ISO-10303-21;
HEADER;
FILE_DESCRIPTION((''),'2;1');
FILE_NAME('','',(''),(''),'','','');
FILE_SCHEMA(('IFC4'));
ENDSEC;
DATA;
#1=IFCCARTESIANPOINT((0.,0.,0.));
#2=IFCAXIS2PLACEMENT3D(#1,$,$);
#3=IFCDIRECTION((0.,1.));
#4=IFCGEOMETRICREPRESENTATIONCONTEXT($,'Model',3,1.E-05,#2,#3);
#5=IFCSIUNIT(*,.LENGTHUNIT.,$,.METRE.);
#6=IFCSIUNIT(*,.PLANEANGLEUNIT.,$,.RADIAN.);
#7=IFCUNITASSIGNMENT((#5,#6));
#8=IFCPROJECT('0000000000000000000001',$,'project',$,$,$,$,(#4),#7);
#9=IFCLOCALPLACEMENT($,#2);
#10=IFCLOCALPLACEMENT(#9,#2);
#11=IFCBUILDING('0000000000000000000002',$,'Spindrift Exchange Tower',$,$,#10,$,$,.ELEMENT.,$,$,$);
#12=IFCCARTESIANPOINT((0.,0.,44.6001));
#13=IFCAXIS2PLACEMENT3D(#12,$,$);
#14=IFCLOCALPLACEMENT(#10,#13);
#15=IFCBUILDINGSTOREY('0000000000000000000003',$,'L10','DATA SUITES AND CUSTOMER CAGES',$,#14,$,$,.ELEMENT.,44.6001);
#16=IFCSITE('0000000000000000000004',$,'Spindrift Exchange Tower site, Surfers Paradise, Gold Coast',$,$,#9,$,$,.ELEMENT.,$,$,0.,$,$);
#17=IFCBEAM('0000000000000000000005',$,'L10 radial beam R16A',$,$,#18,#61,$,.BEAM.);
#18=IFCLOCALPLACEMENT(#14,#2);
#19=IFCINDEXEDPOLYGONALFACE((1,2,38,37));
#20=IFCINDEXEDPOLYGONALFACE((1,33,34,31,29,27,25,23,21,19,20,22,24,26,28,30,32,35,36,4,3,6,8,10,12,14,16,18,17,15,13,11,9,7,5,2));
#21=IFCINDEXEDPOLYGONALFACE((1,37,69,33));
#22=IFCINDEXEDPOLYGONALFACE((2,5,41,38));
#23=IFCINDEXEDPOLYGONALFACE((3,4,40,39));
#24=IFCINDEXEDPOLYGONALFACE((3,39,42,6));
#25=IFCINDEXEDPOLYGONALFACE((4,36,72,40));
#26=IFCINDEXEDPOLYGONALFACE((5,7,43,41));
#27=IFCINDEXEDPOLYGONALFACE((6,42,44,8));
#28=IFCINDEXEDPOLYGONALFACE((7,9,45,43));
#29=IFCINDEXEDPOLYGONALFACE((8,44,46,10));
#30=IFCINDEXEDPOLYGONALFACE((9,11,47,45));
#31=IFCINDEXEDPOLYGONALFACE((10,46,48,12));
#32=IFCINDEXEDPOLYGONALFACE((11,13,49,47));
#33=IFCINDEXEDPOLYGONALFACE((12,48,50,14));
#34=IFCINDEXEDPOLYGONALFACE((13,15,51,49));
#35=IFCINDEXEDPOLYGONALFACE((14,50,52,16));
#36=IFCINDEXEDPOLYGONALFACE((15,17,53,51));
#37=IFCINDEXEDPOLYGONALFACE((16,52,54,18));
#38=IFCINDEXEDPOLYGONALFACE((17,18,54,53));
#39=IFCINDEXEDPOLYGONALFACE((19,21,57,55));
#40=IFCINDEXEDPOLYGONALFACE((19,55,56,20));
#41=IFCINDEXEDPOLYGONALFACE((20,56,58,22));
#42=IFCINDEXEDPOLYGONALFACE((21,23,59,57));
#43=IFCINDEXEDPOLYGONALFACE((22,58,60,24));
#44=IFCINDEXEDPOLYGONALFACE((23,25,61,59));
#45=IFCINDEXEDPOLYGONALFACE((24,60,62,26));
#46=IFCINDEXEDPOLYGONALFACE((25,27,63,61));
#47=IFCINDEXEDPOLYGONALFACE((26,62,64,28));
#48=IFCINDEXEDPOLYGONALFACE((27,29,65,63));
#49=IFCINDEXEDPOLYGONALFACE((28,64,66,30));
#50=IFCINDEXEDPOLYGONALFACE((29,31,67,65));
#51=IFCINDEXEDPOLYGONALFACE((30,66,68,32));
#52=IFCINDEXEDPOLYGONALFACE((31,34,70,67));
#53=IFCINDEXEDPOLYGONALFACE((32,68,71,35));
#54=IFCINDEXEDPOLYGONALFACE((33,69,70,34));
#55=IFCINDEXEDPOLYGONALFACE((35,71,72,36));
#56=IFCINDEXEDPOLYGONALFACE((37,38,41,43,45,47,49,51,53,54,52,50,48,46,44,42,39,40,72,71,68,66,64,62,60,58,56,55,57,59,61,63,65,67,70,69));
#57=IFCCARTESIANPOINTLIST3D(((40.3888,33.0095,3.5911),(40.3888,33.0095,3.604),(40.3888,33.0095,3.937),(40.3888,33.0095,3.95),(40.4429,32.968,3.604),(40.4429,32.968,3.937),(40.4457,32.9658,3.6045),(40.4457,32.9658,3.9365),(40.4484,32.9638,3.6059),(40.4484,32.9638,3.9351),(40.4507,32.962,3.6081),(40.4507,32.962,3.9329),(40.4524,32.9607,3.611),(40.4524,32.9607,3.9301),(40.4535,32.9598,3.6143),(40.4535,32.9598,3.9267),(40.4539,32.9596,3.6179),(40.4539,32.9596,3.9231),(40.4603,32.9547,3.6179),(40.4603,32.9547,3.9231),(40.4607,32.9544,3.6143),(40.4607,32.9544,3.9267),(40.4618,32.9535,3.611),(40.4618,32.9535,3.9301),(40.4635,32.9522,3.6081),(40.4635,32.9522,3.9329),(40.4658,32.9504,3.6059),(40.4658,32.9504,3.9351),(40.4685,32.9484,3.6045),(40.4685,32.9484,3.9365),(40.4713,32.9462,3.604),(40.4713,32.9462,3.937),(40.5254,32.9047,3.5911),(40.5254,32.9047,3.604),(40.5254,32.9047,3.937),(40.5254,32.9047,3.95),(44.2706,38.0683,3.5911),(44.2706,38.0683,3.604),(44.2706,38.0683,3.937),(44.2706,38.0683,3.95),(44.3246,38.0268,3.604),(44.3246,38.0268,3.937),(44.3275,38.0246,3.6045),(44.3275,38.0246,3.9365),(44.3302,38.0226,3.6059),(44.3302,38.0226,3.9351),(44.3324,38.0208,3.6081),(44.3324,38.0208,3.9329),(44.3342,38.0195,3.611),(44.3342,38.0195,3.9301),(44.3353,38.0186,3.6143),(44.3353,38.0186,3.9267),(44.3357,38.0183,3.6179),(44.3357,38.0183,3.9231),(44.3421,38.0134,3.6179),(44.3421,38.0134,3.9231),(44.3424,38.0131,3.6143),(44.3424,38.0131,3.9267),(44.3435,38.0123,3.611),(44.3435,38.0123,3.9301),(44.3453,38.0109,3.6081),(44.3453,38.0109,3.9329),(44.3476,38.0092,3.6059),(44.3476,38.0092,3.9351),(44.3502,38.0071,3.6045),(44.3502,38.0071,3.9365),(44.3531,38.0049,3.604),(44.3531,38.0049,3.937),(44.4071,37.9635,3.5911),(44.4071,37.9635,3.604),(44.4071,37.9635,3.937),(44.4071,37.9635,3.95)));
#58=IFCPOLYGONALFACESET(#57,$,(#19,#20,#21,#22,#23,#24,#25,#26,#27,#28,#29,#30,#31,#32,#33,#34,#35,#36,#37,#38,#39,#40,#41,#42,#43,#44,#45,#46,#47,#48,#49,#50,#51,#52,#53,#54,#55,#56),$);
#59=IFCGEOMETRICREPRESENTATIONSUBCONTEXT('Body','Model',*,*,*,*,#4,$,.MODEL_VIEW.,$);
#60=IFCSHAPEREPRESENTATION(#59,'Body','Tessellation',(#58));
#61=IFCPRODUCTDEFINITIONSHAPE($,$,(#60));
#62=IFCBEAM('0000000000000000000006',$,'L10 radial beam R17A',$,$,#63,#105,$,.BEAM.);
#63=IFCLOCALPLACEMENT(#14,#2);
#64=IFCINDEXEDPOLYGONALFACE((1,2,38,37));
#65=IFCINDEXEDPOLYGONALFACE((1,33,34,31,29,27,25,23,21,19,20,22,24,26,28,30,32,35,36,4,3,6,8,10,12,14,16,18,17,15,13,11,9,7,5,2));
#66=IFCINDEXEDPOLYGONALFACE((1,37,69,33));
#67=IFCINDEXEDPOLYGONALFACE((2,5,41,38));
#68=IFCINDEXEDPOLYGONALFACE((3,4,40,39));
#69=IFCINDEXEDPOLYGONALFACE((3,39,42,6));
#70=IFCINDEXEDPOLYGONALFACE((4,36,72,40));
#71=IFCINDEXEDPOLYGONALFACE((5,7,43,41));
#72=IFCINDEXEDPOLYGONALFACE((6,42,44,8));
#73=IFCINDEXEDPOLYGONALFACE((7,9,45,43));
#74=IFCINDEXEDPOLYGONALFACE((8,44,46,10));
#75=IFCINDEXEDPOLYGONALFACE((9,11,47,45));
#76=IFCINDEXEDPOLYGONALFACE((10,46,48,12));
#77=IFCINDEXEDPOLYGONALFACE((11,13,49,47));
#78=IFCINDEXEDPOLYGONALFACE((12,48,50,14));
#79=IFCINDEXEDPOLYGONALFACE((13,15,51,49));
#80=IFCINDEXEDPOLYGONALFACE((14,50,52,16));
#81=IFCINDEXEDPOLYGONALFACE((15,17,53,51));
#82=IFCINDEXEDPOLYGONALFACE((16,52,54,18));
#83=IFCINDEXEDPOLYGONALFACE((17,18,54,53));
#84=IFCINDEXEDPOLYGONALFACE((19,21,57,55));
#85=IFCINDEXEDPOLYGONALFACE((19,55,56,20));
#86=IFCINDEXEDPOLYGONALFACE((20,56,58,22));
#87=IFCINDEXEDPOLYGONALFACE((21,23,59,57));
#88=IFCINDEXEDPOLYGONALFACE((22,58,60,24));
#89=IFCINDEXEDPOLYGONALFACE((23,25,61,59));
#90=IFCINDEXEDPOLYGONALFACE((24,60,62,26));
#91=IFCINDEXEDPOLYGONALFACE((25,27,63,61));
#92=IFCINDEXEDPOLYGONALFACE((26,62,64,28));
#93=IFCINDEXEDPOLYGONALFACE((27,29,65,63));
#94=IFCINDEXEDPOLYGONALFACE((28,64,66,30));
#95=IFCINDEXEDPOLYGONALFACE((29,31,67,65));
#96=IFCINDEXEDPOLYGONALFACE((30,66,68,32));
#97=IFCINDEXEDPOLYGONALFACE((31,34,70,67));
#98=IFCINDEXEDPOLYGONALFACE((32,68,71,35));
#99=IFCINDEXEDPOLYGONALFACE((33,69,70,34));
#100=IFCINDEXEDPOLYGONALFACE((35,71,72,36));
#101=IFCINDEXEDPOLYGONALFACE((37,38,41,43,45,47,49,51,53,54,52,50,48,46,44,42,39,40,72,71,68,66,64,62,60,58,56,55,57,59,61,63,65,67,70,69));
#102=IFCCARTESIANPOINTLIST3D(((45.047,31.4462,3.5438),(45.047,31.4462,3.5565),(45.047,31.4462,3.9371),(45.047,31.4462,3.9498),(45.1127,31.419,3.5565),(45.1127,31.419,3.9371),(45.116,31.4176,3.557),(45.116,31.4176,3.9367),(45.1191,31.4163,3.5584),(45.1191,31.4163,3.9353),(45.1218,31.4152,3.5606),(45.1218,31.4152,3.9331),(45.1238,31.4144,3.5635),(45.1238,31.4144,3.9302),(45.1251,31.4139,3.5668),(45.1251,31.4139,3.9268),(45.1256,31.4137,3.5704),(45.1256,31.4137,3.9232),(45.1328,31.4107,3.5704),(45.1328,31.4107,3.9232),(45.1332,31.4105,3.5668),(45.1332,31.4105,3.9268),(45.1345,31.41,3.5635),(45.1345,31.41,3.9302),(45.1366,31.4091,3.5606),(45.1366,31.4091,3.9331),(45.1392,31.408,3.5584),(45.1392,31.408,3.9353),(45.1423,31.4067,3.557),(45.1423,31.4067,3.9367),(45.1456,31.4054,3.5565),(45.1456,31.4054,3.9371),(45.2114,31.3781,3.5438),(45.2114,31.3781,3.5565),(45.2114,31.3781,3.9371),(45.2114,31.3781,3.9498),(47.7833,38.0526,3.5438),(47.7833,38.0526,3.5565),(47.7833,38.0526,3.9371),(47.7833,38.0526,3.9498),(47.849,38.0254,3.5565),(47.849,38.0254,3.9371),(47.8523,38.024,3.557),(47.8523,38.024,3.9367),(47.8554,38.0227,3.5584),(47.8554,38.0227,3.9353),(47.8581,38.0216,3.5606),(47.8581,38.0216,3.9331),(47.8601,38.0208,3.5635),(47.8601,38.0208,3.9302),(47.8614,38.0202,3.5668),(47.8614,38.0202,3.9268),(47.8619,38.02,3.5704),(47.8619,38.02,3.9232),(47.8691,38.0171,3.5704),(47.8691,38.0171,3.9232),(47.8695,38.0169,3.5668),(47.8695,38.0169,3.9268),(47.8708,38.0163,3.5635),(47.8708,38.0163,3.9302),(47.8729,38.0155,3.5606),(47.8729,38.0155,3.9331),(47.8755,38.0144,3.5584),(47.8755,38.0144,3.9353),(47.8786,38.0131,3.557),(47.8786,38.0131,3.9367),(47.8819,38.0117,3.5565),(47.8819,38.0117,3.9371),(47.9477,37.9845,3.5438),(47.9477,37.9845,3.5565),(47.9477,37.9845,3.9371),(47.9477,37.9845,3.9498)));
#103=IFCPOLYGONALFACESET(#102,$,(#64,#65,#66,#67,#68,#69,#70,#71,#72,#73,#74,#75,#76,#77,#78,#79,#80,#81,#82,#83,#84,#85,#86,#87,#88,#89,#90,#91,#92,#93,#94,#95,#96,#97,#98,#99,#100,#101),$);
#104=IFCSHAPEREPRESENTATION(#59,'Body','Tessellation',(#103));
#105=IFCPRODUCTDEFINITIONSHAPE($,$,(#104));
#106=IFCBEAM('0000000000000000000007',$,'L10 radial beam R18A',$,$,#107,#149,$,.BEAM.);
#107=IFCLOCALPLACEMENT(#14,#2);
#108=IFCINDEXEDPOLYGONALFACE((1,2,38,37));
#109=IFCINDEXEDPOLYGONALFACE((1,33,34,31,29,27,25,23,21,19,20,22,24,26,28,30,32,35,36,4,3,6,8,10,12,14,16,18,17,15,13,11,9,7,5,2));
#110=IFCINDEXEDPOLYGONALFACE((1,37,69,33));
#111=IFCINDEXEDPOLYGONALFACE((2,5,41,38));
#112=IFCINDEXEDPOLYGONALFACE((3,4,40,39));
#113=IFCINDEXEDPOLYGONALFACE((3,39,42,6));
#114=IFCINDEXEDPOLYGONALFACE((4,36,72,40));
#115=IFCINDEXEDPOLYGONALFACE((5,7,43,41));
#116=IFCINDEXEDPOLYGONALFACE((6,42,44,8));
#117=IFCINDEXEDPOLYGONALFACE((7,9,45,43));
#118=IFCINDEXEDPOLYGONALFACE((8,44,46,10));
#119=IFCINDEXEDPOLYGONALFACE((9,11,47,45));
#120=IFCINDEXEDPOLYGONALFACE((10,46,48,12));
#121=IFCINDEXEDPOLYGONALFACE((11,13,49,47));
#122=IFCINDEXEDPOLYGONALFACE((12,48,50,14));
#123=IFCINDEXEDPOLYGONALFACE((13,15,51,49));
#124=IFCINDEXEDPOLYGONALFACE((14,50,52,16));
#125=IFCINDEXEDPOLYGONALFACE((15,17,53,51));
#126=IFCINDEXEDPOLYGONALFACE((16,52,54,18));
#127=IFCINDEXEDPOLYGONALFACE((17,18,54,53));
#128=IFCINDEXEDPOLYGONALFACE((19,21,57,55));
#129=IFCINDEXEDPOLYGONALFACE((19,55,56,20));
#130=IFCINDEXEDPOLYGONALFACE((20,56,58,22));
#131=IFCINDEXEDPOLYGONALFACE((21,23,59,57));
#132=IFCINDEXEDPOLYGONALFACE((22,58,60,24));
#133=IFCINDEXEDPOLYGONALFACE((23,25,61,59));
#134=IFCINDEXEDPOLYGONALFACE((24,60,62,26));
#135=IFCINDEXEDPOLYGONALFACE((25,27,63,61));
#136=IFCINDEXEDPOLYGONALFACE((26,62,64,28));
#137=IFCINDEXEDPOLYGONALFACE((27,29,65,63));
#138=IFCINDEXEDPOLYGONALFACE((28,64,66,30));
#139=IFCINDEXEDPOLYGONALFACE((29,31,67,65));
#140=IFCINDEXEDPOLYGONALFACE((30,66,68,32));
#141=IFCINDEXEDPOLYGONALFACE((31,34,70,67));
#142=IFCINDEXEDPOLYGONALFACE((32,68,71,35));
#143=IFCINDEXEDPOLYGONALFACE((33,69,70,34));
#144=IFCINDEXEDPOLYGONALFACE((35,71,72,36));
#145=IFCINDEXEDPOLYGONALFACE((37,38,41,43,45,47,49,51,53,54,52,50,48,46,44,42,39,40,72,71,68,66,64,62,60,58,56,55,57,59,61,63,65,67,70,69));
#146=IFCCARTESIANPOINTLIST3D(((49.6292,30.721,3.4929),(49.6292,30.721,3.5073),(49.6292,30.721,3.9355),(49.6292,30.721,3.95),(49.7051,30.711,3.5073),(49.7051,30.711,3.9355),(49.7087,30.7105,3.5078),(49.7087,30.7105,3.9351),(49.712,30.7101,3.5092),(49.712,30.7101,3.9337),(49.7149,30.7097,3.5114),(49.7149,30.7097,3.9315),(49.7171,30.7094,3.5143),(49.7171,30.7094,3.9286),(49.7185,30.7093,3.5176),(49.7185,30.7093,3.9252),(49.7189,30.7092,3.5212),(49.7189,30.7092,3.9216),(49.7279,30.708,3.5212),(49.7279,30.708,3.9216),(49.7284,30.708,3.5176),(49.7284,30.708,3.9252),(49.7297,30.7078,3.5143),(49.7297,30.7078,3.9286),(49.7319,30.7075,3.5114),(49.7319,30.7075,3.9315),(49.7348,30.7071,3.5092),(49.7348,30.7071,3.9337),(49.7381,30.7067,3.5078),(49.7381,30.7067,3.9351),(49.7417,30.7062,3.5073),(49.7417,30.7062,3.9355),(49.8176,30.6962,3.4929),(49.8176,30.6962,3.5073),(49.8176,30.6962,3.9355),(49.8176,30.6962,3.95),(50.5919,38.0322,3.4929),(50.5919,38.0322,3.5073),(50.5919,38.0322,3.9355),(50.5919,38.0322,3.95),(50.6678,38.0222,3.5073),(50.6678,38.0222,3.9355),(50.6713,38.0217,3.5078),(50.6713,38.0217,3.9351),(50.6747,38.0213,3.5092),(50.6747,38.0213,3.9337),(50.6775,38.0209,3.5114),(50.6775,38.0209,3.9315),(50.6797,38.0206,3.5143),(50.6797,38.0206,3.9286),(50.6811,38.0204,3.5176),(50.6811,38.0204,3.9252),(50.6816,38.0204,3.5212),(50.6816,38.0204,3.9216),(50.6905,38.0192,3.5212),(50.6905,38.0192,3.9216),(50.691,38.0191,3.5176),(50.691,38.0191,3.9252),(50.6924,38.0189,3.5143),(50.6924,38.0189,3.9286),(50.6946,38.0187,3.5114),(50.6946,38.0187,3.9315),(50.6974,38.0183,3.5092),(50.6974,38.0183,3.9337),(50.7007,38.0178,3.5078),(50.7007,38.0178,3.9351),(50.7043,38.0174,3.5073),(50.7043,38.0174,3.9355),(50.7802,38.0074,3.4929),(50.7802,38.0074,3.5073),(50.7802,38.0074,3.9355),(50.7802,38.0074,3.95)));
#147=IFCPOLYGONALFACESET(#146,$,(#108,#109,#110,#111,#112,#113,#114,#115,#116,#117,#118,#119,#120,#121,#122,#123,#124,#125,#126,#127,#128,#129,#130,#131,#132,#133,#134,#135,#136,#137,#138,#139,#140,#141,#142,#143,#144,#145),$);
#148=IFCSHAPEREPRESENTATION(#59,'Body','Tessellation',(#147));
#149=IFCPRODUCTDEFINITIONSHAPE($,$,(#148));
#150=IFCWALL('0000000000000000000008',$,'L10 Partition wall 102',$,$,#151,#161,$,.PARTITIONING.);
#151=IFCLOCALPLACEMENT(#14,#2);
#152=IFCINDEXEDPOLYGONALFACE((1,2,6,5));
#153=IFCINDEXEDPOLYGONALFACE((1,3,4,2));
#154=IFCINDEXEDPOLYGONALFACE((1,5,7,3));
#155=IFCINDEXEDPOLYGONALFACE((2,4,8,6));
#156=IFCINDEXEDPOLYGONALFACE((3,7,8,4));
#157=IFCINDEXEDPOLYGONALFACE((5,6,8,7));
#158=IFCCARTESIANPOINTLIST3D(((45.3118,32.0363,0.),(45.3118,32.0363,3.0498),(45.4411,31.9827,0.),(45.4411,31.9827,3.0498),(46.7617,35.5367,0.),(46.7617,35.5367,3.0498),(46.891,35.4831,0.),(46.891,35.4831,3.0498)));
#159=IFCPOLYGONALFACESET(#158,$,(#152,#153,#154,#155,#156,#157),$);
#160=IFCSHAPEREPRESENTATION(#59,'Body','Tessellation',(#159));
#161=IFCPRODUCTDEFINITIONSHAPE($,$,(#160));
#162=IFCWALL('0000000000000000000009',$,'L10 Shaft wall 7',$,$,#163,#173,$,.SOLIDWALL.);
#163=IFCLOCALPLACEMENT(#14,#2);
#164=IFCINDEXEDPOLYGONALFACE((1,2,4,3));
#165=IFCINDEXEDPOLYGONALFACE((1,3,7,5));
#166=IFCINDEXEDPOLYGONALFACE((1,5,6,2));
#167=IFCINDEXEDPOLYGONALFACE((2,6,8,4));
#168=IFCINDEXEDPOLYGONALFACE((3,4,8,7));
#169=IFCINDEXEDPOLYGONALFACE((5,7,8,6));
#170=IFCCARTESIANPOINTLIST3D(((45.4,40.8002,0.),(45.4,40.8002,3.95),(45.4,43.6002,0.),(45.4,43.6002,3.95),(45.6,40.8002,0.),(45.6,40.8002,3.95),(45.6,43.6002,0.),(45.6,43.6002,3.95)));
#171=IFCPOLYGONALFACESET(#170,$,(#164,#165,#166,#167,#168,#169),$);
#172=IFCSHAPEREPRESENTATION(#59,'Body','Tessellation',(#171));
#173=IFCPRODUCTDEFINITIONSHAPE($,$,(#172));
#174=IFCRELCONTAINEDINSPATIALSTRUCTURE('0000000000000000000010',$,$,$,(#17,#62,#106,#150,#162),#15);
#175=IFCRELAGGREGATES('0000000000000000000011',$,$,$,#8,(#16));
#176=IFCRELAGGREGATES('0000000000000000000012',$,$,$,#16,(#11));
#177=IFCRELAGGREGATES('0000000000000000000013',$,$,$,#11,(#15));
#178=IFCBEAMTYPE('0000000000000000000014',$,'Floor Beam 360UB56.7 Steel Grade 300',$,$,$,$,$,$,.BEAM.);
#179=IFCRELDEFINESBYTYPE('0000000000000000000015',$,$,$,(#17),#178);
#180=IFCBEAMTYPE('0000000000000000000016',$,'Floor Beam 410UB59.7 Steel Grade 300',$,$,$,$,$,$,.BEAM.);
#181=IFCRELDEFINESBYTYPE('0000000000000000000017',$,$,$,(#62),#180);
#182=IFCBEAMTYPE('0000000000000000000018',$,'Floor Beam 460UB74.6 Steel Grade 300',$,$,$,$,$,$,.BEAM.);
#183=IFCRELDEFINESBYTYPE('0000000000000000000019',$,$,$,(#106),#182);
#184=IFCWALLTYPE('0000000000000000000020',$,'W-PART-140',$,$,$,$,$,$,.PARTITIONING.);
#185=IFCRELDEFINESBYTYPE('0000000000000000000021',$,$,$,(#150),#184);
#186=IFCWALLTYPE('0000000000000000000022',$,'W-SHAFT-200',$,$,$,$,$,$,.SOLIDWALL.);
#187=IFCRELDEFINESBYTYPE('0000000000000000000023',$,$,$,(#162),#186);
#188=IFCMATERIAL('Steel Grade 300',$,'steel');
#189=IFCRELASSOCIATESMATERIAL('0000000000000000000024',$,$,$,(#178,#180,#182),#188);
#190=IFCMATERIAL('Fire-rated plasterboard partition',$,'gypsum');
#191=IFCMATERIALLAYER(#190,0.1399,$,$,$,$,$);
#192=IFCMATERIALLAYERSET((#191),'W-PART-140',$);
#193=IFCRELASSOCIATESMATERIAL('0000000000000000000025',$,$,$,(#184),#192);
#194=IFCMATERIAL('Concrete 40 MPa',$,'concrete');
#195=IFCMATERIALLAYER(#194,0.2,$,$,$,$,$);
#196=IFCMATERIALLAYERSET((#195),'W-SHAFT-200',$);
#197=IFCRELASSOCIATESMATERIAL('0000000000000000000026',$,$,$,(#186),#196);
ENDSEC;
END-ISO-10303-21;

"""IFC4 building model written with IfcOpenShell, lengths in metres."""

from ifc_helpers import new_model, si_unit, direction, frame, frame_2d, origin, origin_2d, place, context, subcontext, project, spatial, rectangle, i_section, extrude, source, transform, mapped, material, layer, layer_set, material_profile, profile_set, type_object, element, save


model = new_model("IFC4")

# Units and contexts
model_context = context("Model", 3, precision=1e-05, world=origin(), true_north=direction((0.0, 1.0)))
body_context = subcontext(model_context, "Body", "Model", "MODEL_VIEW")
ifc_project = project(units=[si_unit("LENGTHUNIT", "METRE"), si_unit("PLANEANGLEUNIT", "RADIAN")], contexts=[model_context])

# Site, building, storey
site_placement = place(None, origin())
site = spatial("IfcSite", under=ifc_project, at=site_placement, Name="Spindrift Exchange Tower site, Surfers Paradise, Gold Coast", CompositionType="ELEMENT", RefElevation=0.0)
building_placement = place(site_placement, origin())
building = spatial("IfcBuilding", under=site, at=building_placement, Name="Spindrift Exchange Tower", CompositionType="ELEMENT")
storey_placement = place(building_placement, frame((0.0, 0.0, 44.6001)))
storey = spatial("IfcBuildingStorey", under=building, at=storey_placement, Name="L10", Description="DATA SUITES AND CUSTOMER CAGES", CompositionType="ELEMENT", Elevation=44.6001)

# Beams
ifc_material_1 = material(Name="Steel Grade 300", Category="steel")
ifc_material_profile_1 = material_profile(ifc_material_1, i_section(OverallWidth=0.1721, OverallDepth=0.3589, WebThickness=0.0081, FlangeThickness=0.0129, FilletRadius=0.0139, at=origin_2d()), Name="360UB56.7")
ifc_profile_set_1 = profile_set([ifc_material_profile_1], Name="Steel Grade 300")
beam_type_1 = type_object("IfcBeamType", Name="Floor Beam 360UB56.7 Steel Grade 300", PredefinedType="BEAM", material=ifc_profile_set_1)
shared_shape_1 = source(origin(), body_context, "Body", "SweptSolid", [
    extrude(i_section(OverallWidth=0.1721, OverallDepth=0.3589, WebThickness=0.0081, FlangeThickness=0.0129, FilletRadius=0.0139, at=origin_2d()), origin(), (0.0, 0.0, 1.0), 6.3765),
])
beam_1_placement = place(storey_placement, frame((44.3389, 38.0159, 3.7705), z_axis=(-0.608767, -0.793349, 0.0), x_axis=(0.793349, -0.608767, 0.0)))
element("IfcBeam", 1, at=beam_1_placement, inside=storey, type_object=beam_type_1, Name="L10 radial beam R16A", PredefinedType="BEAM", context=body_context, shape_type="MappedRepresentation", body=[
    mapped(shared_shape_1, transform((0.0, 0.0, 0.0), scale=1.0)),
])
ifc_material_profile_2 = material_profile(ifc_material_1, i_section(OverallWidth=0.178, OverallDepth=0.406, WebThickness=0.0078, FlangeThickness=0.0127, FilletRadius=0.0139, at=origin_2d()), Name="410UB59.7")
ifc_profile_set_2 = profile_set([ifc_material_profile_2], Name="Steel Grade 300")
beam_type_2 = type_object("IfcBeamType", Name="Floor Beam 410UB59.7 Steel Grade 300", PredefinedType="BEAM", material=ifc_profile_set_2)
shared_shape_2 = source(origin(), body_context, "Body", "SweptSolid", [
    extrude(i_section(OverallWidth=0.178, OverallDepth=0.406, WebThickness=0.0078, FlangeThickness=0.0127, FilletRadius=0.0139, at=origin_2d()), origin(), (0.0, 0.0, 1.0), 7.1506),
])
beam_2_placement = place(storey_placement, frame((47.8655, 38.0186, 3.7468), z_axis=(-0.382665, -0.923887, 0.0), x_axis=(0.923887, -0.382665, 0.0)))
element("IfcBeam", 2, at=beam_2_placement, inside=storey, type_object=beam_type_2, Name="L10 radial beam R17A", PredefinedType="BEAM", context=body_context, shape_type="MappedRepresentation", body=[
    mapped(shared_shape_2, transform((0.0, 0.0, 0.0), scale=1.0)),
])
ifc_material_profile_3 = material_profile(ifc_material_1, i_section(OverallWidth=0.1899, OverallDepth=0.457, WebThickness=0.009, FlangeThickness=0.0144, FilletRadius=0.0139, at=origin_2d()), Name="460UB74.6")
ifc_profile_set_3 = profile_set([ifc_material_profile_3], Name="Steel Grade 300")
beam_type_3 = type_object("IfcBeamType", Name="Floor Beam 460UB74.6 Steel Grade 300", PredefinedType="BEAM", material=ifc_profile_set_3)
shared_shape_3 = source(origin(), body_context, "Body", "SweptSolid", [
    extrude(i_section(OverallWidth=0.1899, OverallDepth=0.457, WebThickness=0.009, FlangeThickness=0.0144, FilletRadius=0.0139, at=origin_2d()), origin(), (0.0, 0.0, 1.0), 7.3743),
])
beam_3_placement = place(storey_placement, frame((50.686, 38.0198, 3.7214), z_axis=(-0.130539, -0.991443, 0.0), x_axis=(0.991443, -0.130539, 0.0)))
element("IfcBeam", 3, at=beam_3_placement, inside=storey, type_object=beam_type_3, Name="L10 radial beam R18A", PredefinedType="BEAM", context=body_context, shape_type="MappedRepresentation", body=[
    mapped(shared_shape_3, transform((0.0, 0.0, 0.0), scale=1.0)),
])

# Walls
ifc_material_2 = material(Name="Fire-rated plasterboard partition", Category="gypsum")
ifc_layer_1 = layer(ifc_material_2, 0.1399)
ifc_layer_set_1 = layer_set([ifc_layer_1], Name="W-PART-140")
wall_type_1 = type_object("IfcWallType", Name="W-PART-140", PredefinedType="PARTITIONING", material=ifc_layer_set_1)
wall_1_placement = place(storey_placement, frame((46.8264, 35.51, 0.0), z_axis=(0.0, 0.0, 1.0), x_axis=(-0.382684, -0.923879, 0.0)))
element("IfcWall", 4, at=wall_1_placement, inside=storey, type_object=wall_type_1, Name="L10 Partition wall 102", PredefinedType="PARTITIONING", context=body_context, shape_type="SweptSolid", body=[
    extrude(rectangle(XDim=3.7888, YDim=0.1399, at=frame_2d((1.8945, 0.0))), origin(), (0.0, 0.0, 1.0), 3.0498),
])
ifc_material_3 = material(Name="Concrete 40 MPa", Category="concrete")
ifc_layer_2 = layer(ifc_material_3, 0.2)
ifc_layer_set_2 = layer_set([ifc_layer_2], Name="W-SHAFT-200")
wall_type_2 = type_object("IfcWallType", Name="W-SHAFT-200", PredefinedType="SOLIDWALL", material=ifc_layer_set_2)
wall_2_placement = place(storey_placement, frame((45.5, 43.6001, 0.0), z_axis=(0.0, 0.0, 1.0), x_axis=(0.0, -1.0, 0.0)))
element("IfcWall", 5, at=wall_2_placement, inside=storey, type_object=wall_type_2, Name="L10 Shaft wall 7", PredefinedType="SOLIDWALL", context=body_context, shape_type="SweptSolid", body=[
    extrude(rectangle(XDim=2.8, YDim=0.2, at=frame_2d((1.3999, 0.0))), origin(), (0.0, 0.0, 1.0), 3.95),
])

save(model, "model.ifc")
